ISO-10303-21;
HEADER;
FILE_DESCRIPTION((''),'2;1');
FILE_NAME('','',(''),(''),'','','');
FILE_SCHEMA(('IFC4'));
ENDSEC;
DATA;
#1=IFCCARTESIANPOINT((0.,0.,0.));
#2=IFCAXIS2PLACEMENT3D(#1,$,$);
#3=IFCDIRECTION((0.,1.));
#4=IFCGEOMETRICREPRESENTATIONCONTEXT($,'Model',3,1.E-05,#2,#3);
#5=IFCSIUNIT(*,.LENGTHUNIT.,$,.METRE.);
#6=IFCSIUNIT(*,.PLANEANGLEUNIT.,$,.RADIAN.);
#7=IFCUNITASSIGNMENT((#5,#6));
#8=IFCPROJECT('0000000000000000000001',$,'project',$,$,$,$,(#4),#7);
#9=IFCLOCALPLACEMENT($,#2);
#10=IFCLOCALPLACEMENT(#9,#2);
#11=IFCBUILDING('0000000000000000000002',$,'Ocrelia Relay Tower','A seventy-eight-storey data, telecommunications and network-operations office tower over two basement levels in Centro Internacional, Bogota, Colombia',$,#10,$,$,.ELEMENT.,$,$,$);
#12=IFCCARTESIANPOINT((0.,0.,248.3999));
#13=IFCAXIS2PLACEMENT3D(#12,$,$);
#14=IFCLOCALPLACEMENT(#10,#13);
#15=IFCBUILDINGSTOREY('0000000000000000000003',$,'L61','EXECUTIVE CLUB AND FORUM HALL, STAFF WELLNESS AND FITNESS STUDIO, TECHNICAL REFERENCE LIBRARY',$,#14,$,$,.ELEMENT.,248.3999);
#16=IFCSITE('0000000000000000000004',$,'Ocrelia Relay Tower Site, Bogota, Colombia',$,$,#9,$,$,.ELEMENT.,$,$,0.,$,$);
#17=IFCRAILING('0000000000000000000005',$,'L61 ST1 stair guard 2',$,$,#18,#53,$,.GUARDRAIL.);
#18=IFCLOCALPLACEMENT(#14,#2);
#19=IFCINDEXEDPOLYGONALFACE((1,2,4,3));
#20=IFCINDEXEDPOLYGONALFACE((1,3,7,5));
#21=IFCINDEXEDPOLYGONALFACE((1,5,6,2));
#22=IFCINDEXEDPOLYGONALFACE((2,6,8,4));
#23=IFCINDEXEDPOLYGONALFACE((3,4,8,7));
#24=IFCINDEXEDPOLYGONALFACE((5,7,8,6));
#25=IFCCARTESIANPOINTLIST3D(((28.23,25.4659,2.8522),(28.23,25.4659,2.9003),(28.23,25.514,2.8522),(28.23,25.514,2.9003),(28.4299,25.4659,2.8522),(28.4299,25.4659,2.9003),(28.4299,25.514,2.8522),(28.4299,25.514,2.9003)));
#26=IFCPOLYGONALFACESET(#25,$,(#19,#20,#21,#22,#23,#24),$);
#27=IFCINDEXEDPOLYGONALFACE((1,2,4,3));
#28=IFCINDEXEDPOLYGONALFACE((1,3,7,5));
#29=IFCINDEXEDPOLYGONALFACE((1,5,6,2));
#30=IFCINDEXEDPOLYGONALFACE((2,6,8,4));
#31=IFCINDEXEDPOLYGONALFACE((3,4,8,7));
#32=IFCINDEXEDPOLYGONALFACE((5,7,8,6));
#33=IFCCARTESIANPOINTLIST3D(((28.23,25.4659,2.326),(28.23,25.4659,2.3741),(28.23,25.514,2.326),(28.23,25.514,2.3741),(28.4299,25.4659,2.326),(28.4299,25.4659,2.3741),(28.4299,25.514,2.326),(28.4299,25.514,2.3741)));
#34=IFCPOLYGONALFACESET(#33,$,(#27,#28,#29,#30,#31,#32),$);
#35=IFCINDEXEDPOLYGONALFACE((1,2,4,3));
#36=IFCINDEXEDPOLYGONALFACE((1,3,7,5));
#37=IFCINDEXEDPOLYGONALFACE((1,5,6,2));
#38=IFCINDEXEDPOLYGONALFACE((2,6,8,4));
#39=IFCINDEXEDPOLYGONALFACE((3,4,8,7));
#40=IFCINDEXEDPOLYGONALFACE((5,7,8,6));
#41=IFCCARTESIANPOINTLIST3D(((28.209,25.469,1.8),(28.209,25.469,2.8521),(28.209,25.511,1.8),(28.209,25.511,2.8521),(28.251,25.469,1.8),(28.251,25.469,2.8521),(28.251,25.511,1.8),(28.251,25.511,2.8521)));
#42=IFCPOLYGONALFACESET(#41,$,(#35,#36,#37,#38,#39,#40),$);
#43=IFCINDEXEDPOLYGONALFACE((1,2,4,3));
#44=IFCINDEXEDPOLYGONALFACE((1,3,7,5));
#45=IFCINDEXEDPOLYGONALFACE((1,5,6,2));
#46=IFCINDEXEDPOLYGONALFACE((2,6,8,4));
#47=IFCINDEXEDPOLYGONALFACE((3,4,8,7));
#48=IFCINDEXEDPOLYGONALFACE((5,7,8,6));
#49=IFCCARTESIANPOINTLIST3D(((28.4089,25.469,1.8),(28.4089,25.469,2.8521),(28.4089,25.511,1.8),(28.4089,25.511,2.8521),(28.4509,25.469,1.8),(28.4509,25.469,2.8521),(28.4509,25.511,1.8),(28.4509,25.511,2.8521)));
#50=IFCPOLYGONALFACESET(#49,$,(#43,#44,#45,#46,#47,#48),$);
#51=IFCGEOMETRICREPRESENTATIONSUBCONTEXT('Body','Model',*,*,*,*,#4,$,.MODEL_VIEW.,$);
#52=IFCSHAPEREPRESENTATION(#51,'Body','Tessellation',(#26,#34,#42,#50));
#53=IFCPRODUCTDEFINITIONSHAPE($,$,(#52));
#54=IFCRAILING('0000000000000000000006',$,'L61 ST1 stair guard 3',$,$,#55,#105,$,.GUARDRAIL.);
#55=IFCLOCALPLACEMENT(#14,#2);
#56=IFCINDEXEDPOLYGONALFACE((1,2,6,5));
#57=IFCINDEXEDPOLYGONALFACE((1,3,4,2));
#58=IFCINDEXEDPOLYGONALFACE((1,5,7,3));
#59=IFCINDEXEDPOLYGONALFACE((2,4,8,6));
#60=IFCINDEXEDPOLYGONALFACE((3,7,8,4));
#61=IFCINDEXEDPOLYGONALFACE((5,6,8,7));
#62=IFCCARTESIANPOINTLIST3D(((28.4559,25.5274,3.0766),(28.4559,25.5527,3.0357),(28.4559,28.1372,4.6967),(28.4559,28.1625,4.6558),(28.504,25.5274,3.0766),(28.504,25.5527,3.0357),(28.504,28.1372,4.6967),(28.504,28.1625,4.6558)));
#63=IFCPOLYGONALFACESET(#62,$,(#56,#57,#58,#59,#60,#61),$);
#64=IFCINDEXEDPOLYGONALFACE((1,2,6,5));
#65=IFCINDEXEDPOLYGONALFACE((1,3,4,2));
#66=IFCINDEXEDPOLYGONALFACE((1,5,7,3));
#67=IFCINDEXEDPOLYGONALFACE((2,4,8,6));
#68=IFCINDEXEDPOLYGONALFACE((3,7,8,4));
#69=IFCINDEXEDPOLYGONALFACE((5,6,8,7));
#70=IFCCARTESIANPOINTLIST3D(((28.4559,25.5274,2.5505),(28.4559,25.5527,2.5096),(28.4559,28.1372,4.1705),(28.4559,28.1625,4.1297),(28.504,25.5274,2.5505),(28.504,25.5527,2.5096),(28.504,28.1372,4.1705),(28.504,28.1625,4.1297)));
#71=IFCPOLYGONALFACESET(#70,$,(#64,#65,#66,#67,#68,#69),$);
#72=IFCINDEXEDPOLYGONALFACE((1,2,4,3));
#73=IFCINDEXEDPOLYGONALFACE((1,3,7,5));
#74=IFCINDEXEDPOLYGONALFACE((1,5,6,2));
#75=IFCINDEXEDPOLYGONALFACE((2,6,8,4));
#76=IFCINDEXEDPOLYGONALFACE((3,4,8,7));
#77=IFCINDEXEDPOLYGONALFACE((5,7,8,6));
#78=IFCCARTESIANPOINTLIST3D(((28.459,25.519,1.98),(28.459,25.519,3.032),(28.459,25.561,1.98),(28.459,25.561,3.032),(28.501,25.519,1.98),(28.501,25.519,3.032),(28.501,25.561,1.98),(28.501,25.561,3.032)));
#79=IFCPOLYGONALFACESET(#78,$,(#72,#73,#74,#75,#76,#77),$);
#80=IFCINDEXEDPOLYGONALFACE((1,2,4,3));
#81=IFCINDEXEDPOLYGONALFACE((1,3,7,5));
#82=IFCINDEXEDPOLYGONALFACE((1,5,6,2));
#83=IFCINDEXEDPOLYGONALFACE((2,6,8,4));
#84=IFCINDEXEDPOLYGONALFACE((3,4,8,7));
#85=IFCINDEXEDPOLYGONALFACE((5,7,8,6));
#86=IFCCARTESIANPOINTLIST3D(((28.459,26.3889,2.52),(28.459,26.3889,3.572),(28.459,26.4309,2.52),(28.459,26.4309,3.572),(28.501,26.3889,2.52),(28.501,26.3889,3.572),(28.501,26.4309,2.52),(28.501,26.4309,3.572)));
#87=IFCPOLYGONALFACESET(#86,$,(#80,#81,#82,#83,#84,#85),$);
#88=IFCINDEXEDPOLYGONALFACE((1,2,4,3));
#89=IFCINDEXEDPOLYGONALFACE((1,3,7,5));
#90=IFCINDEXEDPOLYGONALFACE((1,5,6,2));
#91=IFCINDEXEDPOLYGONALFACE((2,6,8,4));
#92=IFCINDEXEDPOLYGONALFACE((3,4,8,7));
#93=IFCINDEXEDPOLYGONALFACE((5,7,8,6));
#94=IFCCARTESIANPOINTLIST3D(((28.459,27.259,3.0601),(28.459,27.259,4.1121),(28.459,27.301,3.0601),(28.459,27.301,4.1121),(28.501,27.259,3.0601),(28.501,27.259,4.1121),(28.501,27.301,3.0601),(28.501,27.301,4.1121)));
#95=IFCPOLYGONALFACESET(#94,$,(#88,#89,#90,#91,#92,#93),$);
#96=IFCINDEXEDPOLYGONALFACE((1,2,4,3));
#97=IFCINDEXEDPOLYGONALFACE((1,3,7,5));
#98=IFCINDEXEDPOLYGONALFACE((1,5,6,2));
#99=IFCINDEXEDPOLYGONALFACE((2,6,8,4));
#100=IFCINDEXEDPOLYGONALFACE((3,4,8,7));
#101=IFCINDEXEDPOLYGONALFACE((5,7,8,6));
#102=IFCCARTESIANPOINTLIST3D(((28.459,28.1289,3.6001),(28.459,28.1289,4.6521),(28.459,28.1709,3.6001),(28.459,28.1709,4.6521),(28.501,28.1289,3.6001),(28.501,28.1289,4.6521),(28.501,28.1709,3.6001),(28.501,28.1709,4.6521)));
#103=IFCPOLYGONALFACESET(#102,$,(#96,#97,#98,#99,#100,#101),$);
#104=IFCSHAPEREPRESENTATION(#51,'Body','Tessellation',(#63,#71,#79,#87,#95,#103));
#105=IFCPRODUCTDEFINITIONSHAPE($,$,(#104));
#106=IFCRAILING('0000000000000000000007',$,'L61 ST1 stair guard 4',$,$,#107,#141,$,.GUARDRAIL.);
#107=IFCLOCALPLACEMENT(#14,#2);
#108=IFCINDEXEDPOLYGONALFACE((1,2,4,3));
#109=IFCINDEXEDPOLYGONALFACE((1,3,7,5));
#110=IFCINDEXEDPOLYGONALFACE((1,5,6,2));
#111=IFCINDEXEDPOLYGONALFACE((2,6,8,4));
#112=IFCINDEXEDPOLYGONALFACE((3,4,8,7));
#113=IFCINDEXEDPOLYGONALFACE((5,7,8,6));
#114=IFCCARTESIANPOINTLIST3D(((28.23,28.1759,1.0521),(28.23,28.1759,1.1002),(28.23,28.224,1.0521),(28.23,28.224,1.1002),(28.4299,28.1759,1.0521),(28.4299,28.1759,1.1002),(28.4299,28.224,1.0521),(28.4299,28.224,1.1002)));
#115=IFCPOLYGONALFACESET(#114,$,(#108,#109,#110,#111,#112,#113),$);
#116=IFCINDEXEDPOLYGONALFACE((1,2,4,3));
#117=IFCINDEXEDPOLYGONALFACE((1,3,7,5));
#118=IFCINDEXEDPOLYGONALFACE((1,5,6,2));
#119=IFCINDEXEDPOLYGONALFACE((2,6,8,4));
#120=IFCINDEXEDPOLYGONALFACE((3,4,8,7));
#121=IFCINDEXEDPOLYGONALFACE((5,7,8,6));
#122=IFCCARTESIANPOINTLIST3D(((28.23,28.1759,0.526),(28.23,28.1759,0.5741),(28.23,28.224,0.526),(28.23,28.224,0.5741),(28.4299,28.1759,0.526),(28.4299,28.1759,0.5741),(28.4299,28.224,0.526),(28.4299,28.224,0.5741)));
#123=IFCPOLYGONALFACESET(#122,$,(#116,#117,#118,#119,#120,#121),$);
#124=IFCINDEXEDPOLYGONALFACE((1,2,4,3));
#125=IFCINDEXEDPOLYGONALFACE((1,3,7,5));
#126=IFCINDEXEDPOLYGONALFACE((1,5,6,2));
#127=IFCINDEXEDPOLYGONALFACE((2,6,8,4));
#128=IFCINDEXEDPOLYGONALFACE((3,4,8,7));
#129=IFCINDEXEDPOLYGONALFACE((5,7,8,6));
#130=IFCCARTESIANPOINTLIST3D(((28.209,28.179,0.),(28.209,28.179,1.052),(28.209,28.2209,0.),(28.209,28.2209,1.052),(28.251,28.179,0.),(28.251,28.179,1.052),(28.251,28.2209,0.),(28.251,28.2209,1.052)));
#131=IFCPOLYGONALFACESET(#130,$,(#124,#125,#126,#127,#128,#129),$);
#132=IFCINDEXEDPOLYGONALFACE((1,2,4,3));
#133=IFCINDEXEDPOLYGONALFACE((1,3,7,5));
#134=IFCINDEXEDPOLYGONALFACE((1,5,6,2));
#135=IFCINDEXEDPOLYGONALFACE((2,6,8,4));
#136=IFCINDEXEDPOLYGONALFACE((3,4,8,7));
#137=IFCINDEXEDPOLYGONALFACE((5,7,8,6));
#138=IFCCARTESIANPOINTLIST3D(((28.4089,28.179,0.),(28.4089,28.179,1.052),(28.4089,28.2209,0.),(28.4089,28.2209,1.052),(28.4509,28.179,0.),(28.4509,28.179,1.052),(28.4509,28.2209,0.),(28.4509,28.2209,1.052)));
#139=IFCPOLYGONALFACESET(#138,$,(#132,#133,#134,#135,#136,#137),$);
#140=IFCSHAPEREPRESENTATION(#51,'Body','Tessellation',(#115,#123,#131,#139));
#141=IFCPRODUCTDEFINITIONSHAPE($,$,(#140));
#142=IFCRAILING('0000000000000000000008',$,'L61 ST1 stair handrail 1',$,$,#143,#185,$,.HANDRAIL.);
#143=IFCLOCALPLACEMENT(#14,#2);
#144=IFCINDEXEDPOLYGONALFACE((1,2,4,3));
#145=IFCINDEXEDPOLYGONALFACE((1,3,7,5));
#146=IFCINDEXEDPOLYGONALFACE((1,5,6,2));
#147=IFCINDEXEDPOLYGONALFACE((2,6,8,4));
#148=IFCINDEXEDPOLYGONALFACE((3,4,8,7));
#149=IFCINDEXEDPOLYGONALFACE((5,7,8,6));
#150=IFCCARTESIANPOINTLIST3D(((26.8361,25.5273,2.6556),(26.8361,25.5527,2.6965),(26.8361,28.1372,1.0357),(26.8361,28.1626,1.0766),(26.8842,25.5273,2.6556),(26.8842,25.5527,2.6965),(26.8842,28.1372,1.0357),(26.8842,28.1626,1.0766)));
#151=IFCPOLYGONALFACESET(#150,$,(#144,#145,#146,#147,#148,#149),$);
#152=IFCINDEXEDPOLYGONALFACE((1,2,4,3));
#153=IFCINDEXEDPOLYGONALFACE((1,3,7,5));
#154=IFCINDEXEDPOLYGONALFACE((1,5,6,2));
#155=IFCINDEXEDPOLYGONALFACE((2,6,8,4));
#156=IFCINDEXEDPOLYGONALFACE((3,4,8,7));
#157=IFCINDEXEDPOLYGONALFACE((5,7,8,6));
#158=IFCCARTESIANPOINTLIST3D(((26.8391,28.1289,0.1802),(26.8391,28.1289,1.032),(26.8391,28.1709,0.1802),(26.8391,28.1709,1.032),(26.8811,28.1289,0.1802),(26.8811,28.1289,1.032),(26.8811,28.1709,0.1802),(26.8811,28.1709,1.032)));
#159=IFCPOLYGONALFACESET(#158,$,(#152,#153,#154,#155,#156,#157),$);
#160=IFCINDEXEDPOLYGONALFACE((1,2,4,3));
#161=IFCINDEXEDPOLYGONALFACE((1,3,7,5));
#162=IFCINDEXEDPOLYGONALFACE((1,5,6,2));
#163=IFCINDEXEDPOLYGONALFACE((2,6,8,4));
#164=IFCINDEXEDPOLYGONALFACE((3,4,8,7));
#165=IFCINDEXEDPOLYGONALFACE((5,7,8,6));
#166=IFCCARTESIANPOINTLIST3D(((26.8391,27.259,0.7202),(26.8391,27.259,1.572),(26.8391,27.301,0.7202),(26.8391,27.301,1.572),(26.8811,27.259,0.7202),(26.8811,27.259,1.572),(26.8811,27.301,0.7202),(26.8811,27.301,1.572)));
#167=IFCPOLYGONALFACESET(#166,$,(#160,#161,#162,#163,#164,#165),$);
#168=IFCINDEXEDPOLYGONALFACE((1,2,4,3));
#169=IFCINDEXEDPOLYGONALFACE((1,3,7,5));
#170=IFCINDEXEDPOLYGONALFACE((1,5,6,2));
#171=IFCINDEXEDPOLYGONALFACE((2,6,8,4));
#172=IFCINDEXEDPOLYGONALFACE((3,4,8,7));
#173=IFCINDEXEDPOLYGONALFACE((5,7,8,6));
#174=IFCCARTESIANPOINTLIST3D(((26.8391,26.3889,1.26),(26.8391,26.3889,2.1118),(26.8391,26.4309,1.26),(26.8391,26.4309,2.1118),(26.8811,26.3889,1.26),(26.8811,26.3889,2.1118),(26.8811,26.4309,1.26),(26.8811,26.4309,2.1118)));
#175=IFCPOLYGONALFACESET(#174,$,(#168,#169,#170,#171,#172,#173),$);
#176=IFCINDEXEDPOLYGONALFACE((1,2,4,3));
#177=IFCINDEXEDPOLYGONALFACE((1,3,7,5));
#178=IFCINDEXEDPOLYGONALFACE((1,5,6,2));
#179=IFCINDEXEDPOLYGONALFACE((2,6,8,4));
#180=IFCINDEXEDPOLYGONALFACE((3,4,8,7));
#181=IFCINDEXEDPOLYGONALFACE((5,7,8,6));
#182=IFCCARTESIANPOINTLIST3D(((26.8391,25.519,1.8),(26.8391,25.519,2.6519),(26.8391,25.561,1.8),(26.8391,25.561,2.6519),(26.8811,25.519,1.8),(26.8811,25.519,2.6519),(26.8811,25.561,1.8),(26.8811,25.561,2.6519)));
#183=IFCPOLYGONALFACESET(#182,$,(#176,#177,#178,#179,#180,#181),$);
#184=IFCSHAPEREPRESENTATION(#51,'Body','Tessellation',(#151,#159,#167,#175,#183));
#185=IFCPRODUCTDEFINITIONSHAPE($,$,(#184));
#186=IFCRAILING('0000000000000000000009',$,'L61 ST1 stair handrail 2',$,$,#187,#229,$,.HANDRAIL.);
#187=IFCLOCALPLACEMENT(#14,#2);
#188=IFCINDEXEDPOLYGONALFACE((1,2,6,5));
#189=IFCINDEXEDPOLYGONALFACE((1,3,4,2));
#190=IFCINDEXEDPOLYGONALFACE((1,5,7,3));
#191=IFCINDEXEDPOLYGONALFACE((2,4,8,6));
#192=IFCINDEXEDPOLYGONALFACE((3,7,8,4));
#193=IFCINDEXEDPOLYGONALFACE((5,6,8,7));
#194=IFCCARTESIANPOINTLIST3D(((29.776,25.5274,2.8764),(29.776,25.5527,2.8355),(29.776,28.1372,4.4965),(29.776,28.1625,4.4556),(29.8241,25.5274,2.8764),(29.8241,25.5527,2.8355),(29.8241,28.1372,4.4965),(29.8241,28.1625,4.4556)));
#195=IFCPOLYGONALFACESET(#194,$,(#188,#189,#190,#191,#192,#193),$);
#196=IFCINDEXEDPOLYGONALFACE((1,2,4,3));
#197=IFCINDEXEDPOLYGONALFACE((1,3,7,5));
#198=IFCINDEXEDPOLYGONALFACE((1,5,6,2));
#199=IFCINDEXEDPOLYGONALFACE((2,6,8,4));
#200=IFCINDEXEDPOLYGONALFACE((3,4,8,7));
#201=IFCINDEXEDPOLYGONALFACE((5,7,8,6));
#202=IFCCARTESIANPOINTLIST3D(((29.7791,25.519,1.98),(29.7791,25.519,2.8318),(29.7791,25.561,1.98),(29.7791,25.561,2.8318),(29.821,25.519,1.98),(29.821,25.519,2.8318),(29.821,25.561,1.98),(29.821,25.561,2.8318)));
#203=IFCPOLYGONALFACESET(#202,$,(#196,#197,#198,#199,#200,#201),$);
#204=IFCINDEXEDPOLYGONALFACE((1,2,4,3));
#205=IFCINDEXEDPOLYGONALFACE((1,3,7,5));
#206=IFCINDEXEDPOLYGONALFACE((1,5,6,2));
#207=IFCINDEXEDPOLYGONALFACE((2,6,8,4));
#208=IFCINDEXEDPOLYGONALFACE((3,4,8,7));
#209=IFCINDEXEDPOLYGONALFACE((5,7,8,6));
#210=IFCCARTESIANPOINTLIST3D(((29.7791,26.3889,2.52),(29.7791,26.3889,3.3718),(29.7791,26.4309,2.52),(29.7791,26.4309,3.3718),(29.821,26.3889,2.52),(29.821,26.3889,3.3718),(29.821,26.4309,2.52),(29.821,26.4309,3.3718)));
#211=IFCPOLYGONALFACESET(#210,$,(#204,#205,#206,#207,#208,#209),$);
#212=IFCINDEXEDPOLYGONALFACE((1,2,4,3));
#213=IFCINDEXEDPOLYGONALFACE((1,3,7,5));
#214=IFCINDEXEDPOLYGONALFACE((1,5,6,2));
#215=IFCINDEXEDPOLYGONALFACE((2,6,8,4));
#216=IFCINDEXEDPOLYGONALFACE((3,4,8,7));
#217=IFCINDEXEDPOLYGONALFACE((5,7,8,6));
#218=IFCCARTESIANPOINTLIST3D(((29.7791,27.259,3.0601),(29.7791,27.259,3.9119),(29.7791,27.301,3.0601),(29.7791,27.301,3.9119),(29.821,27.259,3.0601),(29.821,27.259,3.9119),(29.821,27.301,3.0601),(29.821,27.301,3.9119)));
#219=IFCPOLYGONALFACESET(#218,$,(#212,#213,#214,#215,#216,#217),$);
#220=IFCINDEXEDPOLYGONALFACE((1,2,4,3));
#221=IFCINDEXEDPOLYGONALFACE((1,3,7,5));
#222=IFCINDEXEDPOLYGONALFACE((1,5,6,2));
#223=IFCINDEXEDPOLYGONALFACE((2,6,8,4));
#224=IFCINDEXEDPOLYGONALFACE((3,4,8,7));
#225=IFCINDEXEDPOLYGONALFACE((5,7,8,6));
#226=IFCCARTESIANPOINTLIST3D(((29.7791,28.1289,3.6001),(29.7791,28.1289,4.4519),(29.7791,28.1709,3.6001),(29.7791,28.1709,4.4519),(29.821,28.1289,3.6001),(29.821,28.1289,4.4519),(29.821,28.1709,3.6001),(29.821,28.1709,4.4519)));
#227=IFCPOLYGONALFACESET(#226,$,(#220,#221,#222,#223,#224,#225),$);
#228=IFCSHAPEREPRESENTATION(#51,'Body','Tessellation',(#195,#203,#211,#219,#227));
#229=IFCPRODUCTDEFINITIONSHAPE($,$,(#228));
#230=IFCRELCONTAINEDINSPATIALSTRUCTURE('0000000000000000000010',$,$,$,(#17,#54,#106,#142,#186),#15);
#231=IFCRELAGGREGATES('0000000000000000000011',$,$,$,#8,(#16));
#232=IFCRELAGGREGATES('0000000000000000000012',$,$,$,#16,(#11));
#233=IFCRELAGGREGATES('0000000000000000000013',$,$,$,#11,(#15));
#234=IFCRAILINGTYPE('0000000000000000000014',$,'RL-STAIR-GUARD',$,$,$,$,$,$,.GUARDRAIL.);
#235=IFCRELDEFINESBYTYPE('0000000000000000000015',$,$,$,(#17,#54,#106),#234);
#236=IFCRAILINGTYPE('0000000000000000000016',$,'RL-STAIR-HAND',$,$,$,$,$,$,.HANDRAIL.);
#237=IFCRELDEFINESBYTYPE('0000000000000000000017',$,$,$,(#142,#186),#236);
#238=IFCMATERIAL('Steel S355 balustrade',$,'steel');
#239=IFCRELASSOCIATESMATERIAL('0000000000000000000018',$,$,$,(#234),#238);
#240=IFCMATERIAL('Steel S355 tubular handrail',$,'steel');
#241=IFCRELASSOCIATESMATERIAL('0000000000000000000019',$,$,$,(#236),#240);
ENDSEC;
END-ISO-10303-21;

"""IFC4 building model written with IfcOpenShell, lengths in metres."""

from ifc_helpers import new_model, si_unit, direction, frame, origin, origin_2d, place, context, subcontext, project, spatial, rectangle, extrude, material, type_object, element, save


model = new_model("IFC4")

# Units and contexts
model_context = context("Model", 3, precision=1e-05, world=origin(), true_north=direction((0.0, 1.0)))
body_context = subcontext(model_context, "Body", "Model", "MODEL_VIEW")
ifc_project = project(units=[si_unit("LENGTHUNIT", "METRE"), si_unit("PLANEANGLEUNIT", "RADIAN")], contexts=[model_context])

# Site, building, storey
site_placement = place(None, origin())
site = spatial("IfcSite", under=ifc_project, at=site_placement, Name="Ocrelia Relay Tower Site, Bogota, Colombia", CompositionType="ELEMENT", RefElevation=0.0)
building_placement = place(site_placement, origin())
building = spatial("IfcBuilding", under=site, at=building_placement, Name="Ocrelia Relay Tower", Description="A seventy-eight-storey data, telecommunications and network-operations office tower over two basement levels in Centro Internacional, Bogota, Colombia", CompositionType="ELEMENT")
storey_placement = place(building_placement, frame((0.0, 0.0, 248.3999)))
storey = spatial("IfcBuildingStorey", under=building, at=storey_placement, Name="L61", Description="EXECUTIVE CLUB AND FORUM HALL, STAFF WELLNESS AND FITNESS STUDIO, TECHNICAL REFERENCE LIBRARY", CompositionType="ELEMENT", Elevation=248.3999)

# Railings
ifc_material_1 = material(Name="Steel S355 balustrade", Category="steel")
railing_type_1 = type_object("IfcRailingType", Name="RL-STAIR-GUARD", PredefinedType="GUARDRAIL", material=ifc_material_1)
railing_1_placement = place(storey_placement, frame((28.23, 25.49, 1.8)))
element("IfcRailing", 1, at=railing_1_placement, inside=storey, type_object=railing_type_1, Name="L61 ST1 stair guard 2", PredefinedType="GUARDRAIL", context=body_context, shape_type="SweptSolid", body=[
    extrude(rectangle(XDim=0.0481, YDim=0.0481, at=origin_2d()), frame((0.0, 0.0, 1.0762), z_axis=(1.0, 0.0, 0.0), x_axis=(0.0, 1.0, 0.0)), (0.0, 0.0, 1.0), 0.2),
    extrude(rectangle(XDim=0.0481, YDim=0.0481, at=origin_2d()), frame((0.0, 0.0, 0.55), z_axis=(1.0, 0.0, 0.0), x_axis=(0.0, 1.0, 0.0)), (0.0, 0.0, 1.0), 0.2),
    extrude(rectangle(XDim=0.042, YDim=0.042, at=origin_2d()), origin(), (0.0, 0.0, 1.0), 1.052),
    extrude(rectangle(XDim=0.042, YDim=0.042, at=origin_2d()), frame((0.2, 0.0, 0.0)), (0.0, 0.0, 1.0), 1.052),
])
railing_2_placement = place(storey_placement, frame((28.48, 25.54, 1.98)))
element("IfcRailing", 2, at=railing_2_placement, inside=storey, type_object=railing_type_1, Name="L61 ST1 stair guard 3", PredefinedType="GUARDRAIL", context=body_context, shape_type="SweptSolid", body=[
    extrude(rectangle(XDim=0.0481, YDim=0.0481, at=origin_2d()), frame((0.0, 0.0, 1.0762), z_axis=(0.0, 0.849611, 0.52741), x_axis=(-1.0, 0.0, 0.0)), (0.0, 0.0, 1.0), 3.0718),
    extrude(rectangle(XDim=0.0481, YDim=0.0481, at=origin_2d()), frame((0.0, 0.0, 0.55), z_axis=(0.0, 0.849611, 0.52741), x_axis=(-1.0, 0.0, 0.0)), (0.0, 0.0, 1.0), 3.0718),
    extrude(rectangle(XDim=0.042, YDim=0.042, at=origin_2d()), origin(), (0.0, 0.0, 1.0), 1.052),
    extrude(rectangle(XDim=0.042, YDim=0.042, at=origin_2d()), frame((0.0, 0.8699, 0.54)), (0.0, 0.0, 1.0), 1.052),
    extrude(rectangle(XDim=0.042, YDim=0.042, at=origin_2d()), frame((0.0, 1.74, 1.0801)), (0.0, 0.0, 1.0), 1.052),
    extrude(rectangle(XDim=0.042, YDim=0.042, at=origin_2d()), frame((0.0, 2.6099, 1.6201)), (0.0, 0.0, 1.0), 1.052),
])
railing_3_placement = place(storey_placement, frame((28.23, 28.2, 0.0)))
element("IfcRailing", 3, at=railing_3_placement, inside=storey, type_object=railing_type_1, Name="L61 ST1 stair guard 4", PredefinedType="GUARDRAIL", context=body_context, shape_type="SweptSolid", body=[
    extrude(rectangle(XDim=0.0481, YDim=0.0481, at=origin_2d()), frame((0.0, 0.0, 1.0762), z_axis=(1.0, 0.0, 0.0), x_axis=(0.0, 1.0, 0.0)), (0.0, 0.0, 1.0), 0.2),
    extrude(rectangle(XDim=0.0481, YDim=0.0481, at=origin_2d()), frame((0.0, 0.0, 0.55), z_axis=(1.0, 0.0, 0.0), x_axis=(0.0, 1.0, 0.0)), (0.0, 0.0, 1.0), 0.2),
    extrude(rectangle(XDim=0.042, YDim=0.042, at=origin_2d()), origin(), (0.0, 0.0, 1.0), 1.052),
    extrude(rectangle(XDim=0.042, YDim=0.042, at=origin_2d()), frame((0.2, 0.0, 0.0)), (0.0, 0.0, 1.0), 1.052),
])
ifc_material_2 = material(Name="Steel S355 tubular handrail", Category="steel")
railing_type_2 = type_object("IfcRailingType", Name="RL-STAIR-HAND", PredefinedType="HANDRAIL", material=ifc_material_2)
railing_4_placement = place(storey_placement, frame((26.8601, 28.1499, 0.1802)))
element("IfcRailing", 4, at=railing_4_placement, inside=storey, type_object=railing_type_2, Name="L61 ST1 stair handrail 1", PredefinedType="HANDRAIL", context=body_context, shape_type="SweptSolid", body=[
    extrude(rectangle(XDim=0.0481, YDim=0.0481, at=origin_2d()), frame((0.0, 0.0, 0.876), z_axis=(0.0, -0.849646, 0.527353), x_axis=(1.0, 0.0, 0.0)), (0.0, 0.0, 1.0), 3.0718),
    extrude(rectangle(XDim=0.042, YDim=0.042, at=origin_2d()), origin(), (0.0, 0.0, 1.0), 0.8518),
    extrude(rectangle(XDim=0.042, YDim=0.042, at=origin_2d()), frame((0.0, -0.8699, 0.54)), (0.0, 0.0, 1.0), 0.8518),
    extrude(rectangle(XDim=0.042, YDim=0.042, at=origin_2d()), frame((0.0, -1.74, 1.0798)), (0.0, 0.0, 1.0), 0.8518),
    extrude(rectangle(XDim=0.042, YDim=0.042, at=origin_2d()), frame((0.0, -2.6099, 1.6199)), (0.0, 0.0, 1.0), 0.8518),
])
railing_5_placement = place(storey_placement, frame((29.8, 25.54, 1.98)))
element("IfcRailing", 5, at=railing_5_placement, inside=storey, type_object=railing_type_2, Name="L61 ST1 stair handrail 2", PredefinedType="HANDRAIL", context=body_context, shape_type="SweptSolid", body=[
    extrude(rectangle(XDim=0.0481, YDim=0.0481, at=origin_2d()), frame((0.0, 0.0, 0.876), z_axis=(0.0, 0.849611, 0.52741), x_axis=(-1.0, 0.0, 0.0)), (0.0, 0.0, 1.0), 3.0718),
    extrude(rectangle(XDim=0.042, YDim=0.042, at=origin_2d()), origin(), (0.0, 0.0, 1.0), 0.8518),
    extrude(rectangle(XDim=0.042, YDim=0.042, at=origin_2d()), frame((0.0, 0.8699, 0.54)), (0.0, 0.0, 1.0), 0.8518),
    extrude(rectangle(XDim=0.042, YDim=0.042, at=origin_2d()), frame((0.0, 1.74, 1.0801)), (0.0, 0.0, 1.0), 0.8518),
    extrude(rectangle(XDim=0.042, YDim=0.042, at=origin_2d()), frame((0.0, 2.6099, 1.6201)), (0.0, 0.0, 1.0), 0.8518),
])

save(model, "model.ifc")
